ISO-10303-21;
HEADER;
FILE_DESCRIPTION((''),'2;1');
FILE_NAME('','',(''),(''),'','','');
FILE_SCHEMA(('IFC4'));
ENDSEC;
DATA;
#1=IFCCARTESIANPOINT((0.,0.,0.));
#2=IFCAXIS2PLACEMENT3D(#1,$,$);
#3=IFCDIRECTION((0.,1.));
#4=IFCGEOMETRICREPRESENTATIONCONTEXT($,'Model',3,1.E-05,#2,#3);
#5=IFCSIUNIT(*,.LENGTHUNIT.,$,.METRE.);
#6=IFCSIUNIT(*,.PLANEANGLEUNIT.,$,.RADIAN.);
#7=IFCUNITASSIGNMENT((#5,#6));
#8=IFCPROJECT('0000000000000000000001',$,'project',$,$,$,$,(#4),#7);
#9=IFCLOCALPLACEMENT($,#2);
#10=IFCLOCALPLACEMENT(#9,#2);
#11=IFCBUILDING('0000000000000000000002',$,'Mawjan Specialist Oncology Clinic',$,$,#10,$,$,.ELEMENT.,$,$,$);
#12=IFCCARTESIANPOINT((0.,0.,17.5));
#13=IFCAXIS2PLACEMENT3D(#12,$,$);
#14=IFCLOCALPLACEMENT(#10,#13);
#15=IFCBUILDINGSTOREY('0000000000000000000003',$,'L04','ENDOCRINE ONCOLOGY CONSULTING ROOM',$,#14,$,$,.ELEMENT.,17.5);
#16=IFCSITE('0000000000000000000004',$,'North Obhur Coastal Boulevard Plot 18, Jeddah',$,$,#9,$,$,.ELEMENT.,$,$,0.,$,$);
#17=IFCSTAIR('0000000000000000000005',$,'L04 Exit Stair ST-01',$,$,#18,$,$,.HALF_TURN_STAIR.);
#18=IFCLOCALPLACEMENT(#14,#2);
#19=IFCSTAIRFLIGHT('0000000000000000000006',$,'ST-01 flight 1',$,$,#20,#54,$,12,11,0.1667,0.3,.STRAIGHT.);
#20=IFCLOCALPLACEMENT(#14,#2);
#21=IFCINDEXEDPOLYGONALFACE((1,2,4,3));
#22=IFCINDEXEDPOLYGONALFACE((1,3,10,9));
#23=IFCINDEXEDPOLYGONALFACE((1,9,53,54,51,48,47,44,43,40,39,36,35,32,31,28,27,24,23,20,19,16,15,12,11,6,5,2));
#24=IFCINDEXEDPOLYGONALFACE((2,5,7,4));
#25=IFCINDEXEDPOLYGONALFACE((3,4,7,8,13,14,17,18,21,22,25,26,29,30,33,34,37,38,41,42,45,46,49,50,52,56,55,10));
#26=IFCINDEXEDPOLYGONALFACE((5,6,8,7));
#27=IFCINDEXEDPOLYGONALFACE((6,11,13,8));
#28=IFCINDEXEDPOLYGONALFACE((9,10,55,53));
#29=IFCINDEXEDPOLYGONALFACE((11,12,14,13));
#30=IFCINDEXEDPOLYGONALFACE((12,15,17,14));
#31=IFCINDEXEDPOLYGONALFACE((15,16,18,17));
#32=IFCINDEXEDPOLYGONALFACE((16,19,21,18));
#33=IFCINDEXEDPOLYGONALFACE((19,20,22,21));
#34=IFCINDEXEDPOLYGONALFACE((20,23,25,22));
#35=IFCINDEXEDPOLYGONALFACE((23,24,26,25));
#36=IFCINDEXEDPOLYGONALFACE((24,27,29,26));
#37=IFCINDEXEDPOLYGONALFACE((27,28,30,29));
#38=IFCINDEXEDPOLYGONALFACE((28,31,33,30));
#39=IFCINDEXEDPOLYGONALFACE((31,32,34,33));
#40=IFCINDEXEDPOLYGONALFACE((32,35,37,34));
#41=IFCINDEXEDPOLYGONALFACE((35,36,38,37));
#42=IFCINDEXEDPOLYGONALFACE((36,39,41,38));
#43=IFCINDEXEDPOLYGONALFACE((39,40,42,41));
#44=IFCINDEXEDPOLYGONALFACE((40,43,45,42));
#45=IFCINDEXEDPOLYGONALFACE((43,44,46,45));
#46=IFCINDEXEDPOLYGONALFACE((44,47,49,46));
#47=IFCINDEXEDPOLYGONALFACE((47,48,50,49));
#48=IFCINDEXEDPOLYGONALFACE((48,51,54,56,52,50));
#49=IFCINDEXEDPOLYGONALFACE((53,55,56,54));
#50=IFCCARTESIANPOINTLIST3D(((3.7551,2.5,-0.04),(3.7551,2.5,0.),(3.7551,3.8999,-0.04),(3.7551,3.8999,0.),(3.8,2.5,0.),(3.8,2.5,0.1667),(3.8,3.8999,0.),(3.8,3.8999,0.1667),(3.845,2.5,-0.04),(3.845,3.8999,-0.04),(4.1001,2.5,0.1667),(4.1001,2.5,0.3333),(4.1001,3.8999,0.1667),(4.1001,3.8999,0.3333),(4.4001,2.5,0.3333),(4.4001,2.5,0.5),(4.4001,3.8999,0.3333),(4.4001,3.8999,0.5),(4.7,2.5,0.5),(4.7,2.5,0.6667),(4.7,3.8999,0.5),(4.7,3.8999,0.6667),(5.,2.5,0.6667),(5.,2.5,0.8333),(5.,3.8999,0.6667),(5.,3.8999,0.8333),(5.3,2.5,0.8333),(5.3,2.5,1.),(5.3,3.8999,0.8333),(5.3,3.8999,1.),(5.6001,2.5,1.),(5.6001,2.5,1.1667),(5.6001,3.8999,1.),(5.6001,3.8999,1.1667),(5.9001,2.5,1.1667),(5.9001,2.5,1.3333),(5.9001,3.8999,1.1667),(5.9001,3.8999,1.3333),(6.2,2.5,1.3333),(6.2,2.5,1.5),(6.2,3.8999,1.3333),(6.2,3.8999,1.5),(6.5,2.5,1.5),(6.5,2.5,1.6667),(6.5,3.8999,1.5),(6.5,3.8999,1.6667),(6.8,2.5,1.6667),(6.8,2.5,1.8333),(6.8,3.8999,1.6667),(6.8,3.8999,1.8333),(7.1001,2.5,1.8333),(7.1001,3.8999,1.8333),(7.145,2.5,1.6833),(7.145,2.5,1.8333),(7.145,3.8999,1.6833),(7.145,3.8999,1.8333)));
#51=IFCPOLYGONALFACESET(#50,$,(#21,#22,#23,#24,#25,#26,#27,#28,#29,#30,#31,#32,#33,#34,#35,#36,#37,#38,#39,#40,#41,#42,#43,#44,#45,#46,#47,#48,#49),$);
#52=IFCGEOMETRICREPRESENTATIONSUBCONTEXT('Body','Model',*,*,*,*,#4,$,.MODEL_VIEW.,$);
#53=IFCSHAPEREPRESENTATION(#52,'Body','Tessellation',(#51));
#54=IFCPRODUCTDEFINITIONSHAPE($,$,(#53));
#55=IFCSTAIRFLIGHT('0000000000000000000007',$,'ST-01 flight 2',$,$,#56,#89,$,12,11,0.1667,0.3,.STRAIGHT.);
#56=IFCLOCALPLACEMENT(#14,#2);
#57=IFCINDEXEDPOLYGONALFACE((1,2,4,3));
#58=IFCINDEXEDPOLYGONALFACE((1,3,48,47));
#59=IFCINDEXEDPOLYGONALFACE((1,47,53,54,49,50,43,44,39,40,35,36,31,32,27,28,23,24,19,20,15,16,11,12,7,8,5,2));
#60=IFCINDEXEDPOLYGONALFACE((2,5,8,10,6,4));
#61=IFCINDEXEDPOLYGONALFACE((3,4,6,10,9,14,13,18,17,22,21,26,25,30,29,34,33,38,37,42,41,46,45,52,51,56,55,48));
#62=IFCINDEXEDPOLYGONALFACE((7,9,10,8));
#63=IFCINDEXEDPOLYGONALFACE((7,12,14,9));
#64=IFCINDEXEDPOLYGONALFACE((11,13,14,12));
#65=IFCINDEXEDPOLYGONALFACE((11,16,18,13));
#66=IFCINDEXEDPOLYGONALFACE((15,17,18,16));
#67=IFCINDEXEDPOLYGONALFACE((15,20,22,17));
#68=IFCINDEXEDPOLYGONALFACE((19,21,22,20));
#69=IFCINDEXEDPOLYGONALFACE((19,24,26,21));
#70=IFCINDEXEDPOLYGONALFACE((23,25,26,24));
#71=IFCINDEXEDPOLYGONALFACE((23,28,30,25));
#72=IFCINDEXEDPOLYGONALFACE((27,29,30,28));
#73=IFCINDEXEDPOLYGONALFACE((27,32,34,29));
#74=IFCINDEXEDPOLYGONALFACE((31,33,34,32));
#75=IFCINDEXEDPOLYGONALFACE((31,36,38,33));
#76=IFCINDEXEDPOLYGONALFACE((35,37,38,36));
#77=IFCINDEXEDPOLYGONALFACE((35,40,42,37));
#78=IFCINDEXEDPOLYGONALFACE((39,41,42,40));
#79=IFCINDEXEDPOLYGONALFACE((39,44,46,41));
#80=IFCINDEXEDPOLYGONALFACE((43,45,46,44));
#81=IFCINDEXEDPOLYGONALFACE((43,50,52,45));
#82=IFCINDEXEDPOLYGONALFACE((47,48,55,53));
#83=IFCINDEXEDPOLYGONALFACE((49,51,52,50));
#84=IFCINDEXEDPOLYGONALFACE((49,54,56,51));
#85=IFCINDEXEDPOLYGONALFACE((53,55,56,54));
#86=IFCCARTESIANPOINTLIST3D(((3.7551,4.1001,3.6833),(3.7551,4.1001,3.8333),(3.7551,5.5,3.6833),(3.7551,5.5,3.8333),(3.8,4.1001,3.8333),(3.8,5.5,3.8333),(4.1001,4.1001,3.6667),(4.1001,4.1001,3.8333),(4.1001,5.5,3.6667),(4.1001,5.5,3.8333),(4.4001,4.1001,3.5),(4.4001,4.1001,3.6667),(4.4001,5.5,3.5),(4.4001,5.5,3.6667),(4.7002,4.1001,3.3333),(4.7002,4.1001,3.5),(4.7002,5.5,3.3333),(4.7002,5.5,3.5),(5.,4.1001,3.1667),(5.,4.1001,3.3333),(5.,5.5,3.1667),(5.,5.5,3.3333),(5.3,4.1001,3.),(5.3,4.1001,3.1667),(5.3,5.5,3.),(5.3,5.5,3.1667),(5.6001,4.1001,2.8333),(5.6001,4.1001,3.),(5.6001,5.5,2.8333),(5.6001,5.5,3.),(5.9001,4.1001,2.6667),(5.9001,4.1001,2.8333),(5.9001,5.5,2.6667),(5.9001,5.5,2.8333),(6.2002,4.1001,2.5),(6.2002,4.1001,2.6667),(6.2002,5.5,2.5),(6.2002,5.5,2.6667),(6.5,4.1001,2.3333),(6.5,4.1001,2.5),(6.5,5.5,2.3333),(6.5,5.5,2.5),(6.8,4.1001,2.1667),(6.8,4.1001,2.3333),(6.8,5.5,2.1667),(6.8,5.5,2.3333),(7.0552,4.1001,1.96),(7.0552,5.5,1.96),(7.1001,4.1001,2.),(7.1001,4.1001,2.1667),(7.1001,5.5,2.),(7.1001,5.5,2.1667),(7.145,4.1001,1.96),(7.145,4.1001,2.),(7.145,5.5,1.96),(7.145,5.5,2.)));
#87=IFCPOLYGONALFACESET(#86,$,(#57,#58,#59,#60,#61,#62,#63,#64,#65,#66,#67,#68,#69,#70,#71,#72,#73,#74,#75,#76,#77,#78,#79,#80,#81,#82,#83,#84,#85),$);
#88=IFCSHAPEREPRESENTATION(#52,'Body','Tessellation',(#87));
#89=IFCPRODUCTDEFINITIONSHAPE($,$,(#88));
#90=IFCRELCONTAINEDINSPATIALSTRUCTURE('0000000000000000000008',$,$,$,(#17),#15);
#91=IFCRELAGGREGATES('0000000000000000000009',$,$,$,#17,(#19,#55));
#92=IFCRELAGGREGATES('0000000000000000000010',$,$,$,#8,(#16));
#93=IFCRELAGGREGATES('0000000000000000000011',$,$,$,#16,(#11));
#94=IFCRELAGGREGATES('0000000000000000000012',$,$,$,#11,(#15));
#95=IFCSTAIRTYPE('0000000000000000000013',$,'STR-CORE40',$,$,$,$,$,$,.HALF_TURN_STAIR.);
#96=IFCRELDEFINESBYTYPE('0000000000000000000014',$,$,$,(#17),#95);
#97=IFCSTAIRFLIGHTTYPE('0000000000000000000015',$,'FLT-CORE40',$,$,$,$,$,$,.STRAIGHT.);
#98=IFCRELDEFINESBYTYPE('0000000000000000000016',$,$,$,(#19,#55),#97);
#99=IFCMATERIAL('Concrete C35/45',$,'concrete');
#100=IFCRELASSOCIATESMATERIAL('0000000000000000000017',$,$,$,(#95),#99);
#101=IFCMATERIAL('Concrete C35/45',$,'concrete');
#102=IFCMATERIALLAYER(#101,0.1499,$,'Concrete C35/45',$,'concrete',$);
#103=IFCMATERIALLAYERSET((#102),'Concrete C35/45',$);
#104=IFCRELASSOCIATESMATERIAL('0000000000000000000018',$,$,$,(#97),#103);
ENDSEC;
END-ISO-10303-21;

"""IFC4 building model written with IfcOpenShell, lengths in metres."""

from ifc_helpers import new_model, si_unit, direction, frame, origin, place, context, subcontext, project, spatial, polyline, outline, extrude, material, layer, layer_set, type_object, element, aggregate, save


model = new_model("IFC4")

# Units and contexts
model_context = context("Model", 3, precision=1e-05, world=origin(), true_north=direction((0.0, 1.0)))
body_context = subcontext(model_context, "Body", "Model", "MODEL_VIEW")
ifc_project = project(units=[si_unit("LENGTHUNIT", "METRE"), si_unit("PLANEANGLEUNIT", "RADIAN")], contexts=[model_context])

# Site, building, storey
site_placement = place(None, origin())
site = spatial("IfcSite", under=ifc_project, at=site_placement, Name="North Obhur Coastal Boulevard Plot 18, Jeddah", CompositionType="ELEMENT", RefElevation=0.0)
building_placement = place(site_placement, origin())
building = spatial("IfcBuilding", under=site, at=building_placement, Name="Mawjan Specialist Oncology Clinic", CompositionType="ELEMENT")
storey_placement = place(building_placement, frame((0.0, 0.0, 17.5)))
storey = spatial("IfcBuildingStorey", under=building, at=storey_placement, Name="L04", Description="ENDOCRINE ONCOLOGY CONSULTING ROOM", CompositionType="ELEMENT", Elevation=17.5)

# Stair, stair flights
ifc_material_1 = material(Name="Concrete C35/45", Category="concrete")
stair_type = type_object("IfcStairType", Name="STR-CORE40", PredefinedType="HALF_TURN_STAIR", material=ifc_material_1)
stair_placement = place(storey_placement, origin())
stair = element("IfcStair", 1, at=stair_placement, inside=storey, type_object=stair_type, Name="L04 Exit Stair ST-01", PredefinedType="HALF_TURN_STAIR")
ifc_material_2 = material(Name="Concrete C35/45", Category="concrete")
ifc_layer_1 = layer(ifc_material_2, 0.1499, Name="Concrete C35/45", Category="concrete")
ifc_layer_set_1 = layer_set([ifc_layer_1], Name="Concrete C35/45")
stair_flight_type = type_object("IfcStairFlightType", Name="FLT-CORE40", PredefinedType="STRAIGHT", material=ifc_layer_set_1)
stair_flight_1_placement = place(storey_placement, frame((3.8, 3.2, 0.0), z_axis=(0.0, 0.0, 1.0), x_axis=(1.0, 0.0, 0.0)))
stair_flight_1 = element("IfcStairFlight", 2, at=stair_flight_1_placement, type_object=stair_flight_type, Name="ST-01 flight 1", NumberOfRisers=12, NumberOfTreads=11, PredefinedType="STRAIGHT", RiserHeight=0.1667, TreadLength=0.3, context=body_context, shape_type="SweptSolid", body=[
    extrude(outline(polyline([(-0.0449, -0.04), (-0.0449, 0.0), (0.0, 0.0), (0.0, 0.1667), (0.3, 0.1667), (0.3, 0.3333), (0.6001, 0.3333), (0.6001, 0.5), (0.8999, 0.5), (0.8999, 0.6667), (1.2, 0.6667), (1.2, 0.8333), (1.5, 0.8333), (1.5, 1.0), (1.8, 1.0), (1.8, 1.1667), (2.1001, 1.1667), (2.1001, 1.3333), (2.3999, 1.3333), (2.3999, 1.5), (2.7, 1.5), (2.7, 1.6667), (3.0, 1.6667), (3.0, 1.8333), (3.3, 1.8333), (3.345, 1.8333), (3.345, 1.6833), (0.0449, -0.04), (-0.0449, -0.04)])), frame((0.0, 0.7, 0.0), z_axis=(0.0, -1.0, 0.0), x_axis=(1.0, 0.0, 0.0)), (0.0, 0.0, 1.0), 1.3999),
])
stair_flight_2_placement = place(storey_placement, frame((7.1001, 4.8, 2.0), z_axis=(0.0, 0.0, 1.0), x_axis=(-1.0, 0.0, 0.0)))
stair_flight_2 = element("IfcStairFlight", 3, at=stair_flight_2_placement, type_object=stair_flight_type, Name="ST-01 flight 2", NumberOfRisers=12, NumberOfTreads=11, PredefinedType="STRAIGHT", RiserHeight=0.1667, TreadLength=0.3, context=body_context, shape_type="SweptSolid", body=[
    extrude(outline(polyline([(-0.0449, -0.04), (-0.0449, 0.0), (0.0, 0.0), (0.0, 0.1667), (0.3, 0.1667), (0.3, 0.3333), (0.6001, 0.3333), (0.6001, 0.5), (0.8999, 0.5), (0.8999, 0.6667), (1.2, 0.6667), (1.2, 0.8333), (1.5, 0.8333), (1.5, 1.0), (1.8, 1.0), (1.8, 1.1667), (2.1001, 1.1667), (2.1001, 1.3333), (2.3999, 1.3333), (2.3999, 1.5), (2.7, 1.5), (2.7, 1.6667), (3.0, 1.6667), (3.0, 1.8333), (3.3, 1.8333), (3.345, 1.8333), (3.345, 1.6833), (0.0449, -0.04), (-0.0449, -0.04)])), frame((0.0, 0.7, 0.0), z_axis=(0.0, -1.0, 0.0), x_axis=(1.0, 0.0, 0.0)), (0.0, 0.0, 1.0), 1.3999),
])
aggregate(stair, [stair_flight_1, stair_flight_2])

save(model, "model.ifc")
